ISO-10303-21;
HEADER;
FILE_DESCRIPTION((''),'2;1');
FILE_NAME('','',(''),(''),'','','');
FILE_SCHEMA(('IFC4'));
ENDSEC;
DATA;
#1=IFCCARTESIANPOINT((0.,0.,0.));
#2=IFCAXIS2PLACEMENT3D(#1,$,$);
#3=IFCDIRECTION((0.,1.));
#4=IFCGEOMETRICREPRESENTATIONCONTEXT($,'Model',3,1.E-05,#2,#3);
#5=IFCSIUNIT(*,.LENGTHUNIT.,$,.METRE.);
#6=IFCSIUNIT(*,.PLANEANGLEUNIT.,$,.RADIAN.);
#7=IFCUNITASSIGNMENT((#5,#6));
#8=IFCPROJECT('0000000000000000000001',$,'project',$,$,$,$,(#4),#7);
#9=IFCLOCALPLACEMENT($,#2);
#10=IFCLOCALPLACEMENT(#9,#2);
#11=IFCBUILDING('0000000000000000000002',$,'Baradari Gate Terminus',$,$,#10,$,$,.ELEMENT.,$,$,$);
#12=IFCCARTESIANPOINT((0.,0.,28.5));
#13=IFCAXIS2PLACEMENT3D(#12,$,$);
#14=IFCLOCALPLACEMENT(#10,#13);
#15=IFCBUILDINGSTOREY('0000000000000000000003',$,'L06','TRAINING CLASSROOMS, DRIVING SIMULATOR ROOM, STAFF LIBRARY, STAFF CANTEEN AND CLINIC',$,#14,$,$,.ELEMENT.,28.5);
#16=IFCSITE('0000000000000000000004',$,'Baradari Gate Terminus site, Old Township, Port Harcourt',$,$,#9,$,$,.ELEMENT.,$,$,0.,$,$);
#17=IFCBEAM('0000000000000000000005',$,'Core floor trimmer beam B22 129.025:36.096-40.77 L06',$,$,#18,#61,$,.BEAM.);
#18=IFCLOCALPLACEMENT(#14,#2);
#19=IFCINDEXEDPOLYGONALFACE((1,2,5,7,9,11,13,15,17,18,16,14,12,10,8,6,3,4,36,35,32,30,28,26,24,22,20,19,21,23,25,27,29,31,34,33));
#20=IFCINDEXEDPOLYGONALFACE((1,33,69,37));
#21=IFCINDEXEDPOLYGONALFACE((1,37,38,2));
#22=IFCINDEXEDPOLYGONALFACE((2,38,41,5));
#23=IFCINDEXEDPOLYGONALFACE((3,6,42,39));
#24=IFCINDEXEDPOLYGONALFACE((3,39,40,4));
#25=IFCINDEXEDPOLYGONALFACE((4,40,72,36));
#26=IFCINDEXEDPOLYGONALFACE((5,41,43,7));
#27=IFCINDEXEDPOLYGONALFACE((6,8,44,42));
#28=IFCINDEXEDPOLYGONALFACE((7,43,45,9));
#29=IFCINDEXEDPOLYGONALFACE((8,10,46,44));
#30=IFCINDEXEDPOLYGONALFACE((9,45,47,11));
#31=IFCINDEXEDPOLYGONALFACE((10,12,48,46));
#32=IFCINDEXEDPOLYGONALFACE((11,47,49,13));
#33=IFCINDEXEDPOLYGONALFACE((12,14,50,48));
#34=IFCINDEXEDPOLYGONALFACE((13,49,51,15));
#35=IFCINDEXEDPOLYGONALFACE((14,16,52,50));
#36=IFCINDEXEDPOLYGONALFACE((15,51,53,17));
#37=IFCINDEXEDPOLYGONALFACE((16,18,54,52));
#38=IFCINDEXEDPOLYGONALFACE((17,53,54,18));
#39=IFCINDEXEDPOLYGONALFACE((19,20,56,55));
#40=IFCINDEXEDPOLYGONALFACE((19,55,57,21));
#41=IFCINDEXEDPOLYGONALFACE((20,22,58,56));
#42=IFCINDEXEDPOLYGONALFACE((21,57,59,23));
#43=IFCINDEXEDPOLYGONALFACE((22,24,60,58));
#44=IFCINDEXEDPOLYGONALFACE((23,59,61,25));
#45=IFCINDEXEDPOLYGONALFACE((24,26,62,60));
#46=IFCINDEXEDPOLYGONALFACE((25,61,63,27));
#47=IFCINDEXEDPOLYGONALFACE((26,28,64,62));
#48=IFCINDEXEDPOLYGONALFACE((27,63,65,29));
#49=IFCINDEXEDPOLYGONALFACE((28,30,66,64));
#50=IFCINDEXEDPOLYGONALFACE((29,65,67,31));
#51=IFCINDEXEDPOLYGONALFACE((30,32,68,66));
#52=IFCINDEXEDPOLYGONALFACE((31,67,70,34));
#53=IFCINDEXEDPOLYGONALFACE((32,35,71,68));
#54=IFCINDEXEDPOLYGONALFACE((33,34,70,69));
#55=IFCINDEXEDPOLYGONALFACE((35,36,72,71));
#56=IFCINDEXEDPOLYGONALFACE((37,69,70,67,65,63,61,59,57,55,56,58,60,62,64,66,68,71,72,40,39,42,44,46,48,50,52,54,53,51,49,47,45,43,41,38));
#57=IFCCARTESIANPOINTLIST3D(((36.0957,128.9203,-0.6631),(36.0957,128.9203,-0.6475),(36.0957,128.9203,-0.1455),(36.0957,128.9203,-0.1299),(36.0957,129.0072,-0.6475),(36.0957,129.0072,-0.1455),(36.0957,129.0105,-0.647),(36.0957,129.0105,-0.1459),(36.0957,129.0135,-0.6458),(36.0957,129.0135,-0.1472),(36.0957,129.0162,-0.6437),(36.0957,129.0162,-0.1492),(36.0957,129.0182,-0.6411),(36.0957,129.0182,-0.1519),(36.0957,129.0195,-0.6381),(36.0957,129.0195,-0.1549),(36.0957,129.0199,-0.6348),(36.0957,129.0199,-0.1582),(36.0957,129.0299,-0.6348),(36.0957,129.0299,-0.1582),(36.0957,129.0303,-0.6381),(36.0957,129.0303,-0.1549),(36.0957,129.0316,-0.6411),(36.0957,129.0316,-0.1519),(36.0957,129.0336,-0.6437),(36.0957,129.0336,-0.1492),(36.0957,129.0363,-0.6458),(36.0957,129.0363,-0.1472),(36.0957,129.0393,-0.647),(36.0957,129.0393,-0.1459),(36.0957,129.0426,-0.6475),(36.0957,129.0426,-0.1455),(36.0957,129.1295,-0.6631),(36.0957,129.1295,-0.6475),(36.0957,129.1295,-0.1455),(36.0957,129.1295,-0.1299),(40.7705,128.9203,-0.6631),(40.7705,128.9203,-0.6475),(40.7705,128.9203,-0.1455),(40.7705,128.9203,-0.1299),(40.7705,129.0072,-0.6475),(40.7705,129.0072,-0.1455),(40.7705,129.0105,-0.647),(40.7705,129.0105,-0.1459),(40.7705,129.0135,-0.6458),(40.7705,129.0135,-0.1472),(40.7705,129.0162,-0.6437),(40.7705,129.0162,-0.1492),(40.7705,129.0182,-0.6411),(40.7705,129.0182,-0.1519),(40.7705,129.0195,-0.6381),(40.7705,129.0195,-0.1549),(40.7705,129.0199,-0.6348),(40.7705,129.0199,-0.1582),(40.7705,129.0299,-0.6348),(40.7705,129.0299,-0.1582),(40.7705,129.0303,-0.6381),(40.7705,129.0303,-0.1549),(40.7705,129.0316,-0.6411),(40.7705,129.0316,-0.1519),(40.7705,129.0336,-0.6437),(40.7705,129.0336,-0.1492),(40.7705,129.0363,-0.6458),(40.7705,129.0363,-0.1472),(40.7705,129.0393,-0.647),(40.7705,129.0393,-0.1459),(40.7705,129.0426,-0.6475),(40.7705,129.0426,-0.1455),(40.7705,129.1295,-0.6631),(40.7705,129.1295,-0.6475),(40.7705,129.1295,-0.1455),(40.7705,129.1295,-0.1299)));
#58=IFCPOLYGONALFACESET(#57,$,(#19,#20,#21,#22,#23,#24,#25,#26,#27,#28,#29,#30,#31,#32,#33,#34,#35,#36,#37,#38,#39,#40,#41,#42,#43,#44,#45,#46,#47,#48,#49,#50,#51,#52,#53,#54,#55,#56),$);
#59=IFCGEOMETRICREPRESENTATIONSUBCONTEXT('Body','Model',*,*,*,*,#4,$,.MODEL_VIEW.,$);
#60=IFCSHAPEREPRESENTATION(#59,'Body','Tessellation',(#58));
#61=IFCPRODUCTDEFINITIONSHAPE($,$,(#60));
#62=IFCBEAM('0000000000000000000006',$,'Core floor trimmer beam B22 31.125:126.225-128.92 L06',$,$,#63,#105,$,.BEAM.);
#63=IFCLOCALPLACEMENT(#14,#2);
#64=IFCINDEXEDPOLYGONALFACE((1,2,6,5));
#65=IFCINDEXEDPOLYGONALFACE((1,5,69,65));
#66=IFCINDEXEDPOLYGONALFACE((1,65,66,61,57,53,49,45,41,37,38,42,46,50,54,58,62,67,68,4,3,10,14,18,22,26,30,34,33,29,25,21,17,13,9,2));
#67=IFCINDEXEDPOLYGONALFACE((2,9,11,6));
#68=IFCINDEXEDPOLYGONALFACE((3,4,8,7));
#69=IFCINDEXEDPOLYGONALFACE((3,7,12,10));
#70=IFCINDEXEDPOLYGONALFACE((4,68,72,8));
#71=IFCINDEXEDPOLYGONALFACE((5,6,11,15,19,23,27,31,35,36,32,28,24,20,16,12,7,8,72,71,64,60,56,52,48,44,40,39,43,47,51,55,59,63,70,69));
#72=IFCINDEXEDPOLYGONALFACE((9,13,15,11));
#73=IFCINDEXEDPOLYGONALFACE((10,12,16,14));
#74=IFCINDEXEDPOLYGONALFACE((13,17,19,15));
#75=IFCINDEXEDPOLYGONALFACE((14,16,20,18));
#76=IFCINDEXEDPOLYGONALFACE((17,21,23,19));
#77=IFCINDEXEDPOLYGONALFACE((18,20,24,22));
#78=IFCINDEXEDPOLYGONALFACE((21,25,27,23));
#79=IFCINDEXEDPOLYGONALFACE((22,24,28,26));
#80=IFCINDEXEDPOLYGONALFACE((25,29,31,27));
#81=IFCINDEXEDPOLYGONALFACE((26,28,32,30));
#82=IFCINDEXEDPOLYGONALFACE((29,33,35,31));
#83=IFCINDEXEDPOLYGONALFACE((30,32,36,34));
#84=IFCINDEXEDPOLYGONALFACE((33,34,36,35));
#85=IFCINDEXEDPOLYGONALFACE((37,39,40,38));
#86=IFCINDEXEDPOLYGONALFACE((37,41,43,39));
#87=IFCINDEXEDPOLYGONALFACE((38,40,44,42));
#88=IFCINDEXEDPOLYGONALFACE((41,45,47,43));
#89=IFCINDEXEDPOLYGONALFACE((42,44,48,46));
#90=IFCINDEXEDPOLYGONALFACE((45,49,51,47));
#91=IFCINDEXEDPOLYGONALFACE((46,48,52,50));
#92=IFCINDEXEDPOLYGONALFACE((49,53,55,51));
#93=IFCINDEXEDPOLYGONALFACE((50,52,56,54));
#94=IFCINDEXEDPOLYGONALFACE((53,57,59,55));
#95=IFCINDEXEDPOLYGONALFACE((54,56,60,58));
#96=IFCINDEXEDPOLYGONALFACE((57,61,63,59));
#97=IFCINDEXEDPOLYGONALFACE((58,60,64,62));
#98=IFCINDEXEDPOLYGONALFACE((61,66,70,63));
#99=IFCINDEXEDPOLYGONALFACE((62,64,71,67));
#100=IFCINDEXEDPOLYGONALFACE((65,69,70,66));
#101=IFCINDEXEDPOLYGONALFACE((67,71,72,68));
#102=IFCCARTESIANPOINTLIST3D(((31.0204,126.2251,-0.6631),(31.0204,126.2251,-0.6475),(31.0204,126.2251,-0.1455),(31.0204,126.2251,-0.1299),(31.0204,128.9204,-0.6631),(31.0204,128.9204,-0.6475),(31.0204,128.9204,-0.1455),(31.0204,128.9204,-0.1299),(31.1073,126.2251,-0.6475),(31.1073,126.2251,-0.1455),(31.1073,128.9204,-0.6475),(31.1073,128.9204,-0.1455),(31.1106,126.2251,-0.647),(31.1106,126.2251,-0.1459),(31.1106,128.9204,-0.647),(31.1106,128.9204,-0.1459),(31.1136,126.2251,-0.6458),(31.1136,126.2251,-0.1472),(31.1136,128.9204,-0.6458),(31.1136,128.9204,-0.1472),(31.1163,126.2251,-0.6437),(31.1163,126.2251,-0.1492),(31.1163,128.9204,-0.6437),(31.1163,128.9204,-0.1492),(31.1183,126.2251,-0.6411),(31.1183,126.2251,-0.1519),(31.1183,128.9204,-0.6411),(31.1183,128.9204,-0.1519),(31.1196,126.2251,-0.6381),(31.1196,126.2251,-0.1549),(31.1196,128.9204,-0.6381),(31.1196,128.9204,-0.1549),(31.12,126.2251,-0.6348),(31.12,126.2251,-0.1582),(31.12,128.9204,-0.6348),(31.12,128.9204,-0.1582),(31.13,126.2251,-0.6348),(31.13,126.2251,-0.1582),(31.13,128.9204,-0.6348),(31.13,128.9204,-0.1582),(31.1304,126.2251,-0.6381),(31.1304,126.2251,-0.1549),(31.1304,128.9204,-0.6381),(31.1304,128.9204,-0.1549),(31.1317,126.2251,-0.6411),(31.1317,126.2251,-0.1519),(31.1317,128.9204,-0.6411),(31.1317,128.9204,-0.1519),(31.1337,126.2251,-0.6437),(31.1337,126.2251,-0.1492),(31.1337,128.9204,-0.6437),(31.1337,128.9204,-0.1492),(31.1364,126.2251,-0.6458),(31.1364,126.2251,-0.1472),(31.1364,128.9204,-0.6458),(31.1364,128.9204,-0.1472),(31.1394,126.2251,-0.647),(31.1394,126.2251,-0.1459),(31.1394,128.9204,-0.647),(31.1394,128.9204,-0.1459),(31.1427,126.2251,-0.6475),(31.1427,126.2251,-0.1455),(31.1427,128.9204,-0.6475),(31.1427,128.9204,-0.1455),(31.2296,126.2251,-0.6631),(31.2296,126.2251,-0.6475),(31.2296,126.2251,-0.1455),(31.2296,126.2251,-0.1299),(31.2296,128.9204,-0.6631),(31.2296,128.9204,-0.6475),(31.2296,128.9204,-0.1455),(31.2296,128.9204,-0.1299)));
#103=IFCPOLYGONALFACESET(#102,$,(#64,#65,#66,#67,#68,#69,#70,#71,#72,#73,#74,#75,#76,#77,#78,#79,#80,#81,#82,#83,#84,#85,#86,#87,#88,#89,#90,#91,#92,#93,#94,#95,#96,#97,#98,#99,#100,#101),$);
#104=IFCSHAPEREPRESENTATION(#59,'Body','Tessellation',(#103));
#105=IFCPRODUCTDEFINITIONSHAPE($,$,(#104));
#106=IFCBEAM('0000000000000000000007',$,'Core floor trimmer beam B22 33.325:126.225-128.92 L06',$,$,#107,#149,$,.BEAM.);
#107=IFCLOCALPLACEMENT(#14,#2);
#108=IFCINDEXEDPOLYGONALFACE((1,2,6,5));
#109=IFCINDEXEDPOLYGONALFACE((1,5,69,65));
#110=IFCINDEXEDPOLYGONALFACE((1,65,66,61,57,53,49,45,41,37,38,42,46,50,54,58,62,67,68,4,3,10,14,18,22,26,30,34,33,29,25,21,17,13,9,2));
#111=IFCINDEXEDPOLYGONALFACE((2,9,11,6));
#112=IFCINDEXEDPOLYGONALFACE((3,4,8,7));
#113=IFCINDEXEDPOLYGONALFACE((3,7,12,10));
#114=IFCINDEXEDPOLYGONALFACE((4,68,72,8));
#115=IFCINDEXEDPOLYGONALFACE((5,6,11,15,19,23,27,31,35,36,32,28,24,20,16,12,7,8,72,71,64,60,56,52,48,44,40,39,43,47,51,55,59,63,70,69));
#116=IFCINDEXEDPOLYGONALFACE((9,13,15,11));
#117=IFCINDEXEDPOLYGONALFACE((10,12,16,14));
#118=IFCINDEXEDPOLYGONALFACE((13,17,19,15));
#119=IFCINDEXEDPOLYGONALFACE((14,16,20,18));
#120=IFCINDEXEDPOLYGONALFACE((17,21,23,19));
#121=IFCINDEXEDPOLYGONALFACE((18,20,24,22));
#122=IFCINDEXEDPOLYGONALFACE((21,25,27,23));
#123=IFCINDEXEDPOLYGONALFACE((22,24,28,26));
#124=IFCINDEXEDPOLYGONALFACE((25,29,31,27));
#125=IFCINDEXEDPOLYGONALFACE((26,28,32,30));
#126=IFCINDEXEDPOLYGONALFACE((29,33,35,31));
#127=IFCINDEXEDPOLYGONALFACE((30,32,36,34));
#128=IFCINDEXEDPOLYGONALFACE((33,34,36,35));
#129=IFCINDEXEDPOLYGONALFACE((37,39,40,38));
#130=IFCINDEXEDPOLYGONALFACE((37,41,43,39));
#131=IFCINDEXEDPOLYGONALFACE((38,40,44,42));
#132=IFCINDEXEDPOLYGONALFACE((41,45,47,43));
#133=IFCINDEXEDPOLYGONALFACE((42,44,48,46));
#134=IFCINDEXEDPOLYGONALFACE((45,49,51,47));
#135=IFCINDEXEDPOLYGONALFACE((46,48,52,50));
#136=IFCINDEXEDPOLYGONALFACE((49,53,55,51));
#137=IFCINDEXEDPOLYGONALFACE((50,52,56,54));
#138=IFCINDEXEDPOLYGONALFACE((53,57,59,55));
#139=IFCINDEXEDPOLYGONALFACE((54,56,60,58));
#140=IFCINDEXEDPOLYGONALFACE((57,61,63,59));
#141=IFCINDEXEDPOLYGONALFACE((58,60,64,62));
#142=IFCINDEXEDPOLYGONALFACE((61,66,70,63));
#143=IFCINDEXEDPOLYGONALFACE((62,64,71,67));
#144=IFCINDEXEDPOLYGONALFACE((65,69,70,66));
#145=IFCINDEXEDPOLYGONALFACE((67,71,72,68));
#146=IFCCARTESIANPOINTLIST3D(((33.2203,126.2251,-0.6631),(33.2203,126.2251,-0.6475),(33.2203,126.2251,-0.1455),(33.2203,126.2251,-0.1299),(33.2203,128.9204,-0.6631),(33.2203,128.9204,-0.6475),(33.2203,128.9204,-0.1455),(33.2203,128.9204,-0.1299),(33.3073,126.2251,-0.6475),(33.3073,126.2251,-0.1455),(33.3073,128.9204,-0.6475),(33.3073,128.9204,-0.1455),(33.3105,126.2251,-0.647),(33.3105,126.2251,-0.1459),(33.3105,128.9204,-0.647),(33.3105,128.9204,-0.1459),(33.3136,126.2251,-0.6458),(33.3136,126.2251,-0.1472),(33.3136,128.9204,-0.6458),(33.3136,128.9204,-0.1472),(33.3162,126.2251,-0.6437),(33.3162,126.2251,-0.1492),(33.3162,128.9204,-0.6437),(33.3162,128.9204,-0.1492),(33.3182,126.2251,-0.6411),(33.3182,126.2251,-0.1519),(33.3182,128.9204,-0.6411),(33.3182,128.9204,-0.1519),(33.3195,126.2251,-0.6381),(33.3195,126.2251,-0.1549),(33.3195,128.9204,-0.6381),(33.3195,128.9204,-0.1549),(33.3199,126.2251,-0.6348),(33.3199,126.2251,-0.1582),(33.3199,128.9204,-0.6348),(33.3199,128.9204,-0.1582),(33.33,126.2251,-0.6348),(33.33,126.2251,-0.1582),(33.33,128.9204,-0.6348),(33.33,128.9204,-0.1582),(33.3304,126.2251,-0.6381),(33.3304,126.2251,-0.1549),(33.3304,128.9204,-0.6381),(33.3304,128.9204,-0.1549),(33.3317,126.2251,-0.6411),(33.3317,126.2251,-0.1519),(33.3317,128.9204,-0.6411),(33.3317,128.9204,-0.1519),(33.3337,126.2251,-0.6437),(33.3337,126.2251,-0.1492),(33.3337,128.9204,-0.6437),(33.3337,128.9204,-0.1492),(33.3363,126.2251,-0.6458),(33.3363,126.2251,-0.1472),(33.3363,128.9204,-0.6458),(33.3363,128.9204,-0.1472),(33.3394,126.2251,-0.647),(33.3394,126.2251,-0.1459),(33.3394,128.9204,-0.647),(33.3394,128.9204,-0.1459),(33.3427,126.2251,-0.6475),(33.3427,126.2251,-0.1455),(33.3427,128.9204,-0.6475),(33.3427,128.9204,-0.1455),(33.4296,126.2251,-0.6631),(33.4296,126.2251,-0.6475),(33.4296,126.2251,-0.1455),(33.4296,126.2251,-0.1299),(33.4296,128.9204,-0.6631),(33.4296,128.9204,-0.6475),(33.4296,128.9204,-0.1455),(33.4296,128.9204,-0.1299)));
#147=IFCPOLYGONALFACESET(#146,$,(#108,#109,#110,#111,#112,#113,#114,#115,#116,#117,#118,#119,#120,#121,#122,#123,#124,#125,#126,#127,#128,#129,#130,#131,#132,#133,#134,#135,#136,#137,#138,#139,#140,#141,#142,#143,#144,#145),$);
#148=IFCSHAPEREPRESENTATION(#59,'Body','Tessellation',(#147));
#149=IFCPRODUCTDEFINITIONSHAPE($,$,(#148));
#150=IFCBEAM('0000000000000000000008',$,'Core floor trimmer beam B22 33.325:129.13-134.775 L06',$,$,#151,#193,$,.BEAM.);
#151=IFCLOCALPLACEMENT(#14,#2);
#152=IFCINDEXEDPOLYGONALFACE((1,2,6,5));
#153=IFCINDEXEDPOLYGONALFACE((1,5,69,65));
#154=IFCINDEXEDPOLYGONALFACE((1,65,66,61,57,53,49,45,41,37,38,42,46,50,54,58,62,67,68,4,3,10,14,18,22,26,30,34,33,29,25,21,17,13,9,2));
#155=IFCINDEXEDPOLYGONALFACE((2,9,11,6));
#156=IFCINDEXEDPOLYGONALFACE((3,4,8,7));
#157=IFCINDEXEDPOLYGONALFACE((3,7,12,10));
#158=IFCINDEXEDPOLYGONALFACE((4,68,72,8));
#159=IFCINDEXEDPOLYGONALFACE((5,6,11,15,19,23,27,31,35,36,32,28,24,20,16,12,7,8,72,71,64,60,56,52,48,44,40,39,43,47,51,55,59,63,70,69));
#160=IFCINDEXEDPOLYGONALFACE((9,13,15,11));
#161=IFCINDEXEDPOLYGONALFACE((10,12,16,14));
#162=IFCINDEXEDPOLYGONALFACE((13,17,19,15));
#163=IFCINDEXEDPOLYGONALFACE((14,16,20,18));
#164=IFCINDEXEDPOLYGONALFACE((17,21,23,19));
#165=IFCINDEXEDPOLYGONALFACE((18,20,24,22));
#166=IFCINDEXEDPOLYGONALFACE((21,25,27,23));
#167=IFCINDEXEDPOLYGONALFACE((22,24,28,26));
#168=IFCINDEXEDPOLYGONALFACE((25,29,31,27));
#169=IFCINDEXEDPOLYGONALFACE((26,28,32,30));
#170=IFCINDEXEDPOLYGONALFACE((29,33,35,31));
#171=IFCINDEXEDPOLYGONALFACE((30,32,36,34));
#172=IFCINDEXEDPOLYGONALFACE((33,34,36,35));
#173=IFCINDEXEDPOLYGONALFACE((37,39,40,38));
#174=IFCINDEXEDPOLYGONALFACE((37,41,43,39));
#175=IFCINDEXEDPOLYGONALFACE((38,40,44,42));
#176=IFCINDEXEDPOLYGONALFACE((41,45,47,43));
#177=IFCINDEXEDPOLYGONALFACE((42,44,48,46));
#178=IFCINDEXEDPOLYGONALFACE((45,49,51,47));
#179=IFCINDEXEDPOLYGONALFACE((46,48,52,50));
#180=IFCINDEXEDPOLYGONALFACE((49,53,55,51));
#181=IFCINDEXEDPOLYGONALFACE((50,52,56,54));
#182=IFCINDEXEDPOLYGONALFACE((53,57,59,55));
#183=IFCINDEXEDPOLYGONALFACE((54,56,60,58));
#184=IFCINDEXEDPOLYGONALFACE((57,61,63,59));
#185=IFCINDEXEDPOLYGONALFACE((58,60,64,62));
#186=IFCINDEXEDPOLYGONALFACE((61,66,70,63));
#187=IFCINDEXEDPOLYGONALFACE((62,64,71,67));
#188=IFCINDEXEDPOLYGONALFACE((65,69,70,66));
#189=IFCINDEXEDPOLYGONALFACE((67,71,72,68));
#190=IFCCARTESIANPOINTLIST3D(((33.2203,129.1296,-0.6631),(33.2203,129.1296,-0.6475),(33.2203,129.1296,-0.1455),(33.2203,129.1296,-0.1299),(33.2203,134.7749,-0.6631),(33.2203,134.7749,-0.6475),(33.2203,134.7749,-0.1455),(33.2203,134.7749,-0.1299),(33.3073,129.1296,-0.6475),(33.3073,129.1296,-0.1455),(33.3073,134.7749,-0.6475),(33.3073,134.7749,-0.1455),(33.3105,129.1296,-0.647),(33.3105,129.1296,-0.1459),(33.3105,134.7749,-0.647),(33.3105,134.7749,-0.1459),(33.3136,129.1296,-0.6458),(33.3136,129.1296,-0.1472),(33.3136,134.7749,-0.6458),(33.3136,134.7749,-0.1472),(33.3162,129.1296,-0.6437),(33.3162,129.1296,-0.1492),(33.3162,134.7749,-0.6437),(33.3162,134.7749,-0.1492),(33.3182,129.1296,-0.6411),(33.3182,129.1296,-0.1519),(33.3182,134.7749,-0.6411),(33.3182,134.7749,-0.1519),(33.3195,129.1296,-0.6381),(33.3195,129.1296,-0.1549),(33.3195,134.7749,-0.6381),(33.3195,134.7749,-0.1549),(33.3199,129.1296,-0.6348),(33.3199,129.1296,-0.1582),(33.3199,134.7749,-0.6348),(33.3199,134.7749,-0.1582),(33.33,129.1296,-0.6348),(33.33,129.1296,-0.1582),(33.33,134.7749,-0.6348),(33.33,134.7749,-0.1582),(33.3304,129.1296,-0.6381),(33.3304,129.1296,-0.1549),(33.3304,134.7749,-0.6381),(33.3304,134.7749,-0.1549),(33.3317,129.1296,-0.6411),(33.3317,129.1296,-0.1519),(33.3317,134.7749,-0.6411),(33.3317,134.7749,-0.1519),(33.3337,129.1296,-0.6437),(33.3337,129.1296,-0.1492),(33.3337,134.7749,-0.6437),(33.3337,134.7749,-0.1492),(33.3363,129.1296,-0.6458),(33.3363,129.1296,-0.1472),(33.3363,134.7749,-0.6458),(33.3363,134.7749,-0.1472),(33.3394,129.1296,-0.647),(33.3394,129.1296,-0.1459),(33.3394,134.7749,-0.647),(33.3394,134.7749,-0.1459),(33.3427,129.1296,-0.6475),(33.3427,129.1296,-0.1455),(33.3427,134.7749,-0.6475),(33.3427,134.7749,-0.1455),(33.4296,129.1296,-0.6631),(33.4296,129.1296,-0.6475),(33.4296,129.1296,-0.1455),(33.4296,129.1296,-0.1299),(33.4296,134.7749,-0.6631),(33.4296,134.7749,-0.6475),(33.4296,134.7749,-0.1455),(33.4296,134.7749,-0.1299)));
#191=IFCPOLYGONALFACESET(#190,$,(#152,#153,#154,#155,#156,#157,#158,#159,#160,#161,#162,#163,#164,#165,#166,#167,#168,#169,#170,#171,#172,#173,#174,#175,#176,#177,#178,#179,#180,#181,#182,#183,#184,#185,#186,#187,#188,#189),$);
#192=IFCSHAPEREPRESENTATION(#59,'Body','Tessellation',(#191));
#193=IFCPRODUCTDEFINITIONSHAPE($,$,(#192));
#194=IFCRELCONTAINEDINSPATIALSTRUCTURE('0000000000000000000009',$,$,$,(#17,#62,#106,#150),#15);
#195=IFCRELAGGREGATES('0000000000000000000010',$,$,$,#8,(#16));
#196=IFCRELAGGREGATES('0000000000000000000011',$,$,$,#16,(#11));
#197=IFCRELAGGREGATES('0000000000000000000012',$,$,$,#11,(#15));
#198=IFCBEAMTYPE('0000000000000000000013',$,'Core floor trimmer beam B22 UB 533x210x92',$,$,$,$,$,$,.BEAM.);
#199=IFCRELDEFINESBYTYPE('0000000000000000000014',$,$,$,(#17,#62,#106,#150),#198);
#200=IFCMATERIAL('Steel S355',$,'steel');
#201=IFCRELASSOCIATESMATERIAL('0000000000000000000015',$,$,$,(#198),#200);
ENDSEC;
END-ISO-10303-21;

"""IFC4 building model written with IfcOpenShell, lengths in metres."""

from ifc_helpers import new_model, si_unit, direction, frame, origin, origin_2d, place, context, subcontext, project, spatial, i_section, extrude, material, material_profile, profile_set, type_object, element, save


model = new_model("IFC4")

# Units and contexts
model_context = context("Model", 3, precision=1e-05, world=origin(), true_north=direction((0.0, 1.0)))
body_context = subcontext(model_context, "Body", "Model", "MODEL_VIEW")
ifc_project = project(units=[si_unit("LENGTHUNIT", "METRE"), si_unit("PLANEANGLEUNIT", "RADIAN")], contexts=[model_context])

# Site, building, storey
site_placement = place(None, origin())
site = spatial("IfcSite", under=ifc_project, at=site_placement, Name="Baradari Gate Terminus site, Old Township, Port Harcourt", CompositionType="ELEMENT", RefElevation=0.0)
building_placement = place(site_placement, origin())
building = spatial("IfcBuilding", under=site, at=building_placement, Name="Baradari Gate Terminus", CompositionType="ELEMENT")
storey_placement = place(building_placement, frame((0.0, 0.0, 28.5)))
storey = spatial("IfcBuildingStorey", under=building, at=storey_placement, Name="L06", Description="TRAINING CLASSROOMS, DRIVING SIMULATOR ROOM, STAFF LIBRARY, STAFF CANTEEN AND CLINIC", CompositionType="ELEMENT", Elevation=28.5)

# Beams
ifc_material_1 = material(Name="Steel S355", Category="steel")
ifc_material_profile_1 = material_profile(ifc_material_1, i_section(OverallWidth=0.2092, OverallDepth=0.5332, WebThickness=0.01, FlangeThickness=0.0156, FilletRadius=0.0127, at=origin_2d()), Name="UB 533x210x92")
ifc_profile_set_1 = profile_set([ifc_material_profile_1], Name="Steel S355")
beam_type_1 = type_object("IfcBeamType", Name="Core floor trimmer beam B22 UB 533x210x92", PredefinedType="BEAM", material=ifc_profile_set_1)
beam_1_placement = place(storey_placement, frame((36.0957, 129.0249, -0.3965), z_axis=(1.0, 0.0, 0.0), x_axis=(0.0, 1.0, 0.0)))
element("IfcBeam", 1, at=beam_1_placement, inside=storey, type_object=beam_type_1, Name="Core floor trimmer beam B22 129.025:36.096-40.77 L06", PredefinedType="BEAM", context=body_context, shape_type="SweptSolid", body=[
    extrude(i_section(OverallWidth=0.2092, OverallDepth=0.5332, WebThickness=0.01, FlangeThickness=0.0156, FilletRadius=0.0127, at=origin_2d()), origin(), (0.0, 0.0, 1.0), 4.6748),
])
for number, where, z_axis, x_axis, name in (
    (2, (31.125, 126.2251, -0.3965), (0.0, 1.0, 0.0), (-1.0, 0.0, 0.0), "Core floor trimmer beam B22 31.125:126.225-128.92 L06"),
    (3, (33.325, 126.2251, -0.3965), (0.0, 1.0, 0.0), (-1.0, 0.0, 0.0), "Core floor trimmer beam B22 33.325:126.225-128.92 L06"),
):
    element("IfcBeam", number, at=place(storey_placement, frame(where, z_axis=z_axis, x_axis=x_axis)), inside=storey, type_object=beam_type_1, Name=name, PredefinedType="BEAM", context=body_context, shape_type="SweptSolid", body=[
        extrude(i_section(OverallWidth=0.2092, OverallDepth=0.5332, WebThickness=0.01, FlangeThickness=0.0156, FilletRadius=0.0127, at=origin_2d()), origin(), (0.0, 0.0, 1.0), 2.6953),
    ])
beam_2_placement = place(storey_placement, frame((33.325, 129.1296, -0.3965), z_axis=(0.0, 1.0, 0.0), x_axis=(-1.0, 0.0, 0.0)))
element("IfcBeam", 4, at=beam_2_placement, inside=storey, type_object=beam_type_1, Name="Core floor trimmer beam B22 33.325:129.13-134.775 L06", PredefinedType="BEAM", context=body_context, shape_type="SweptSolid", body=[
    extrude(i_section(OverallWidth=0.2092, OverallDepth=0.5332, WebThickness=0.01, FlangeThickness=0.0156, FilletRadius=0.0127, at=origin_2d()), origin(), (0.0, 0.0, 1.0), 5.6453),
])

save(model, "model.ifc")
